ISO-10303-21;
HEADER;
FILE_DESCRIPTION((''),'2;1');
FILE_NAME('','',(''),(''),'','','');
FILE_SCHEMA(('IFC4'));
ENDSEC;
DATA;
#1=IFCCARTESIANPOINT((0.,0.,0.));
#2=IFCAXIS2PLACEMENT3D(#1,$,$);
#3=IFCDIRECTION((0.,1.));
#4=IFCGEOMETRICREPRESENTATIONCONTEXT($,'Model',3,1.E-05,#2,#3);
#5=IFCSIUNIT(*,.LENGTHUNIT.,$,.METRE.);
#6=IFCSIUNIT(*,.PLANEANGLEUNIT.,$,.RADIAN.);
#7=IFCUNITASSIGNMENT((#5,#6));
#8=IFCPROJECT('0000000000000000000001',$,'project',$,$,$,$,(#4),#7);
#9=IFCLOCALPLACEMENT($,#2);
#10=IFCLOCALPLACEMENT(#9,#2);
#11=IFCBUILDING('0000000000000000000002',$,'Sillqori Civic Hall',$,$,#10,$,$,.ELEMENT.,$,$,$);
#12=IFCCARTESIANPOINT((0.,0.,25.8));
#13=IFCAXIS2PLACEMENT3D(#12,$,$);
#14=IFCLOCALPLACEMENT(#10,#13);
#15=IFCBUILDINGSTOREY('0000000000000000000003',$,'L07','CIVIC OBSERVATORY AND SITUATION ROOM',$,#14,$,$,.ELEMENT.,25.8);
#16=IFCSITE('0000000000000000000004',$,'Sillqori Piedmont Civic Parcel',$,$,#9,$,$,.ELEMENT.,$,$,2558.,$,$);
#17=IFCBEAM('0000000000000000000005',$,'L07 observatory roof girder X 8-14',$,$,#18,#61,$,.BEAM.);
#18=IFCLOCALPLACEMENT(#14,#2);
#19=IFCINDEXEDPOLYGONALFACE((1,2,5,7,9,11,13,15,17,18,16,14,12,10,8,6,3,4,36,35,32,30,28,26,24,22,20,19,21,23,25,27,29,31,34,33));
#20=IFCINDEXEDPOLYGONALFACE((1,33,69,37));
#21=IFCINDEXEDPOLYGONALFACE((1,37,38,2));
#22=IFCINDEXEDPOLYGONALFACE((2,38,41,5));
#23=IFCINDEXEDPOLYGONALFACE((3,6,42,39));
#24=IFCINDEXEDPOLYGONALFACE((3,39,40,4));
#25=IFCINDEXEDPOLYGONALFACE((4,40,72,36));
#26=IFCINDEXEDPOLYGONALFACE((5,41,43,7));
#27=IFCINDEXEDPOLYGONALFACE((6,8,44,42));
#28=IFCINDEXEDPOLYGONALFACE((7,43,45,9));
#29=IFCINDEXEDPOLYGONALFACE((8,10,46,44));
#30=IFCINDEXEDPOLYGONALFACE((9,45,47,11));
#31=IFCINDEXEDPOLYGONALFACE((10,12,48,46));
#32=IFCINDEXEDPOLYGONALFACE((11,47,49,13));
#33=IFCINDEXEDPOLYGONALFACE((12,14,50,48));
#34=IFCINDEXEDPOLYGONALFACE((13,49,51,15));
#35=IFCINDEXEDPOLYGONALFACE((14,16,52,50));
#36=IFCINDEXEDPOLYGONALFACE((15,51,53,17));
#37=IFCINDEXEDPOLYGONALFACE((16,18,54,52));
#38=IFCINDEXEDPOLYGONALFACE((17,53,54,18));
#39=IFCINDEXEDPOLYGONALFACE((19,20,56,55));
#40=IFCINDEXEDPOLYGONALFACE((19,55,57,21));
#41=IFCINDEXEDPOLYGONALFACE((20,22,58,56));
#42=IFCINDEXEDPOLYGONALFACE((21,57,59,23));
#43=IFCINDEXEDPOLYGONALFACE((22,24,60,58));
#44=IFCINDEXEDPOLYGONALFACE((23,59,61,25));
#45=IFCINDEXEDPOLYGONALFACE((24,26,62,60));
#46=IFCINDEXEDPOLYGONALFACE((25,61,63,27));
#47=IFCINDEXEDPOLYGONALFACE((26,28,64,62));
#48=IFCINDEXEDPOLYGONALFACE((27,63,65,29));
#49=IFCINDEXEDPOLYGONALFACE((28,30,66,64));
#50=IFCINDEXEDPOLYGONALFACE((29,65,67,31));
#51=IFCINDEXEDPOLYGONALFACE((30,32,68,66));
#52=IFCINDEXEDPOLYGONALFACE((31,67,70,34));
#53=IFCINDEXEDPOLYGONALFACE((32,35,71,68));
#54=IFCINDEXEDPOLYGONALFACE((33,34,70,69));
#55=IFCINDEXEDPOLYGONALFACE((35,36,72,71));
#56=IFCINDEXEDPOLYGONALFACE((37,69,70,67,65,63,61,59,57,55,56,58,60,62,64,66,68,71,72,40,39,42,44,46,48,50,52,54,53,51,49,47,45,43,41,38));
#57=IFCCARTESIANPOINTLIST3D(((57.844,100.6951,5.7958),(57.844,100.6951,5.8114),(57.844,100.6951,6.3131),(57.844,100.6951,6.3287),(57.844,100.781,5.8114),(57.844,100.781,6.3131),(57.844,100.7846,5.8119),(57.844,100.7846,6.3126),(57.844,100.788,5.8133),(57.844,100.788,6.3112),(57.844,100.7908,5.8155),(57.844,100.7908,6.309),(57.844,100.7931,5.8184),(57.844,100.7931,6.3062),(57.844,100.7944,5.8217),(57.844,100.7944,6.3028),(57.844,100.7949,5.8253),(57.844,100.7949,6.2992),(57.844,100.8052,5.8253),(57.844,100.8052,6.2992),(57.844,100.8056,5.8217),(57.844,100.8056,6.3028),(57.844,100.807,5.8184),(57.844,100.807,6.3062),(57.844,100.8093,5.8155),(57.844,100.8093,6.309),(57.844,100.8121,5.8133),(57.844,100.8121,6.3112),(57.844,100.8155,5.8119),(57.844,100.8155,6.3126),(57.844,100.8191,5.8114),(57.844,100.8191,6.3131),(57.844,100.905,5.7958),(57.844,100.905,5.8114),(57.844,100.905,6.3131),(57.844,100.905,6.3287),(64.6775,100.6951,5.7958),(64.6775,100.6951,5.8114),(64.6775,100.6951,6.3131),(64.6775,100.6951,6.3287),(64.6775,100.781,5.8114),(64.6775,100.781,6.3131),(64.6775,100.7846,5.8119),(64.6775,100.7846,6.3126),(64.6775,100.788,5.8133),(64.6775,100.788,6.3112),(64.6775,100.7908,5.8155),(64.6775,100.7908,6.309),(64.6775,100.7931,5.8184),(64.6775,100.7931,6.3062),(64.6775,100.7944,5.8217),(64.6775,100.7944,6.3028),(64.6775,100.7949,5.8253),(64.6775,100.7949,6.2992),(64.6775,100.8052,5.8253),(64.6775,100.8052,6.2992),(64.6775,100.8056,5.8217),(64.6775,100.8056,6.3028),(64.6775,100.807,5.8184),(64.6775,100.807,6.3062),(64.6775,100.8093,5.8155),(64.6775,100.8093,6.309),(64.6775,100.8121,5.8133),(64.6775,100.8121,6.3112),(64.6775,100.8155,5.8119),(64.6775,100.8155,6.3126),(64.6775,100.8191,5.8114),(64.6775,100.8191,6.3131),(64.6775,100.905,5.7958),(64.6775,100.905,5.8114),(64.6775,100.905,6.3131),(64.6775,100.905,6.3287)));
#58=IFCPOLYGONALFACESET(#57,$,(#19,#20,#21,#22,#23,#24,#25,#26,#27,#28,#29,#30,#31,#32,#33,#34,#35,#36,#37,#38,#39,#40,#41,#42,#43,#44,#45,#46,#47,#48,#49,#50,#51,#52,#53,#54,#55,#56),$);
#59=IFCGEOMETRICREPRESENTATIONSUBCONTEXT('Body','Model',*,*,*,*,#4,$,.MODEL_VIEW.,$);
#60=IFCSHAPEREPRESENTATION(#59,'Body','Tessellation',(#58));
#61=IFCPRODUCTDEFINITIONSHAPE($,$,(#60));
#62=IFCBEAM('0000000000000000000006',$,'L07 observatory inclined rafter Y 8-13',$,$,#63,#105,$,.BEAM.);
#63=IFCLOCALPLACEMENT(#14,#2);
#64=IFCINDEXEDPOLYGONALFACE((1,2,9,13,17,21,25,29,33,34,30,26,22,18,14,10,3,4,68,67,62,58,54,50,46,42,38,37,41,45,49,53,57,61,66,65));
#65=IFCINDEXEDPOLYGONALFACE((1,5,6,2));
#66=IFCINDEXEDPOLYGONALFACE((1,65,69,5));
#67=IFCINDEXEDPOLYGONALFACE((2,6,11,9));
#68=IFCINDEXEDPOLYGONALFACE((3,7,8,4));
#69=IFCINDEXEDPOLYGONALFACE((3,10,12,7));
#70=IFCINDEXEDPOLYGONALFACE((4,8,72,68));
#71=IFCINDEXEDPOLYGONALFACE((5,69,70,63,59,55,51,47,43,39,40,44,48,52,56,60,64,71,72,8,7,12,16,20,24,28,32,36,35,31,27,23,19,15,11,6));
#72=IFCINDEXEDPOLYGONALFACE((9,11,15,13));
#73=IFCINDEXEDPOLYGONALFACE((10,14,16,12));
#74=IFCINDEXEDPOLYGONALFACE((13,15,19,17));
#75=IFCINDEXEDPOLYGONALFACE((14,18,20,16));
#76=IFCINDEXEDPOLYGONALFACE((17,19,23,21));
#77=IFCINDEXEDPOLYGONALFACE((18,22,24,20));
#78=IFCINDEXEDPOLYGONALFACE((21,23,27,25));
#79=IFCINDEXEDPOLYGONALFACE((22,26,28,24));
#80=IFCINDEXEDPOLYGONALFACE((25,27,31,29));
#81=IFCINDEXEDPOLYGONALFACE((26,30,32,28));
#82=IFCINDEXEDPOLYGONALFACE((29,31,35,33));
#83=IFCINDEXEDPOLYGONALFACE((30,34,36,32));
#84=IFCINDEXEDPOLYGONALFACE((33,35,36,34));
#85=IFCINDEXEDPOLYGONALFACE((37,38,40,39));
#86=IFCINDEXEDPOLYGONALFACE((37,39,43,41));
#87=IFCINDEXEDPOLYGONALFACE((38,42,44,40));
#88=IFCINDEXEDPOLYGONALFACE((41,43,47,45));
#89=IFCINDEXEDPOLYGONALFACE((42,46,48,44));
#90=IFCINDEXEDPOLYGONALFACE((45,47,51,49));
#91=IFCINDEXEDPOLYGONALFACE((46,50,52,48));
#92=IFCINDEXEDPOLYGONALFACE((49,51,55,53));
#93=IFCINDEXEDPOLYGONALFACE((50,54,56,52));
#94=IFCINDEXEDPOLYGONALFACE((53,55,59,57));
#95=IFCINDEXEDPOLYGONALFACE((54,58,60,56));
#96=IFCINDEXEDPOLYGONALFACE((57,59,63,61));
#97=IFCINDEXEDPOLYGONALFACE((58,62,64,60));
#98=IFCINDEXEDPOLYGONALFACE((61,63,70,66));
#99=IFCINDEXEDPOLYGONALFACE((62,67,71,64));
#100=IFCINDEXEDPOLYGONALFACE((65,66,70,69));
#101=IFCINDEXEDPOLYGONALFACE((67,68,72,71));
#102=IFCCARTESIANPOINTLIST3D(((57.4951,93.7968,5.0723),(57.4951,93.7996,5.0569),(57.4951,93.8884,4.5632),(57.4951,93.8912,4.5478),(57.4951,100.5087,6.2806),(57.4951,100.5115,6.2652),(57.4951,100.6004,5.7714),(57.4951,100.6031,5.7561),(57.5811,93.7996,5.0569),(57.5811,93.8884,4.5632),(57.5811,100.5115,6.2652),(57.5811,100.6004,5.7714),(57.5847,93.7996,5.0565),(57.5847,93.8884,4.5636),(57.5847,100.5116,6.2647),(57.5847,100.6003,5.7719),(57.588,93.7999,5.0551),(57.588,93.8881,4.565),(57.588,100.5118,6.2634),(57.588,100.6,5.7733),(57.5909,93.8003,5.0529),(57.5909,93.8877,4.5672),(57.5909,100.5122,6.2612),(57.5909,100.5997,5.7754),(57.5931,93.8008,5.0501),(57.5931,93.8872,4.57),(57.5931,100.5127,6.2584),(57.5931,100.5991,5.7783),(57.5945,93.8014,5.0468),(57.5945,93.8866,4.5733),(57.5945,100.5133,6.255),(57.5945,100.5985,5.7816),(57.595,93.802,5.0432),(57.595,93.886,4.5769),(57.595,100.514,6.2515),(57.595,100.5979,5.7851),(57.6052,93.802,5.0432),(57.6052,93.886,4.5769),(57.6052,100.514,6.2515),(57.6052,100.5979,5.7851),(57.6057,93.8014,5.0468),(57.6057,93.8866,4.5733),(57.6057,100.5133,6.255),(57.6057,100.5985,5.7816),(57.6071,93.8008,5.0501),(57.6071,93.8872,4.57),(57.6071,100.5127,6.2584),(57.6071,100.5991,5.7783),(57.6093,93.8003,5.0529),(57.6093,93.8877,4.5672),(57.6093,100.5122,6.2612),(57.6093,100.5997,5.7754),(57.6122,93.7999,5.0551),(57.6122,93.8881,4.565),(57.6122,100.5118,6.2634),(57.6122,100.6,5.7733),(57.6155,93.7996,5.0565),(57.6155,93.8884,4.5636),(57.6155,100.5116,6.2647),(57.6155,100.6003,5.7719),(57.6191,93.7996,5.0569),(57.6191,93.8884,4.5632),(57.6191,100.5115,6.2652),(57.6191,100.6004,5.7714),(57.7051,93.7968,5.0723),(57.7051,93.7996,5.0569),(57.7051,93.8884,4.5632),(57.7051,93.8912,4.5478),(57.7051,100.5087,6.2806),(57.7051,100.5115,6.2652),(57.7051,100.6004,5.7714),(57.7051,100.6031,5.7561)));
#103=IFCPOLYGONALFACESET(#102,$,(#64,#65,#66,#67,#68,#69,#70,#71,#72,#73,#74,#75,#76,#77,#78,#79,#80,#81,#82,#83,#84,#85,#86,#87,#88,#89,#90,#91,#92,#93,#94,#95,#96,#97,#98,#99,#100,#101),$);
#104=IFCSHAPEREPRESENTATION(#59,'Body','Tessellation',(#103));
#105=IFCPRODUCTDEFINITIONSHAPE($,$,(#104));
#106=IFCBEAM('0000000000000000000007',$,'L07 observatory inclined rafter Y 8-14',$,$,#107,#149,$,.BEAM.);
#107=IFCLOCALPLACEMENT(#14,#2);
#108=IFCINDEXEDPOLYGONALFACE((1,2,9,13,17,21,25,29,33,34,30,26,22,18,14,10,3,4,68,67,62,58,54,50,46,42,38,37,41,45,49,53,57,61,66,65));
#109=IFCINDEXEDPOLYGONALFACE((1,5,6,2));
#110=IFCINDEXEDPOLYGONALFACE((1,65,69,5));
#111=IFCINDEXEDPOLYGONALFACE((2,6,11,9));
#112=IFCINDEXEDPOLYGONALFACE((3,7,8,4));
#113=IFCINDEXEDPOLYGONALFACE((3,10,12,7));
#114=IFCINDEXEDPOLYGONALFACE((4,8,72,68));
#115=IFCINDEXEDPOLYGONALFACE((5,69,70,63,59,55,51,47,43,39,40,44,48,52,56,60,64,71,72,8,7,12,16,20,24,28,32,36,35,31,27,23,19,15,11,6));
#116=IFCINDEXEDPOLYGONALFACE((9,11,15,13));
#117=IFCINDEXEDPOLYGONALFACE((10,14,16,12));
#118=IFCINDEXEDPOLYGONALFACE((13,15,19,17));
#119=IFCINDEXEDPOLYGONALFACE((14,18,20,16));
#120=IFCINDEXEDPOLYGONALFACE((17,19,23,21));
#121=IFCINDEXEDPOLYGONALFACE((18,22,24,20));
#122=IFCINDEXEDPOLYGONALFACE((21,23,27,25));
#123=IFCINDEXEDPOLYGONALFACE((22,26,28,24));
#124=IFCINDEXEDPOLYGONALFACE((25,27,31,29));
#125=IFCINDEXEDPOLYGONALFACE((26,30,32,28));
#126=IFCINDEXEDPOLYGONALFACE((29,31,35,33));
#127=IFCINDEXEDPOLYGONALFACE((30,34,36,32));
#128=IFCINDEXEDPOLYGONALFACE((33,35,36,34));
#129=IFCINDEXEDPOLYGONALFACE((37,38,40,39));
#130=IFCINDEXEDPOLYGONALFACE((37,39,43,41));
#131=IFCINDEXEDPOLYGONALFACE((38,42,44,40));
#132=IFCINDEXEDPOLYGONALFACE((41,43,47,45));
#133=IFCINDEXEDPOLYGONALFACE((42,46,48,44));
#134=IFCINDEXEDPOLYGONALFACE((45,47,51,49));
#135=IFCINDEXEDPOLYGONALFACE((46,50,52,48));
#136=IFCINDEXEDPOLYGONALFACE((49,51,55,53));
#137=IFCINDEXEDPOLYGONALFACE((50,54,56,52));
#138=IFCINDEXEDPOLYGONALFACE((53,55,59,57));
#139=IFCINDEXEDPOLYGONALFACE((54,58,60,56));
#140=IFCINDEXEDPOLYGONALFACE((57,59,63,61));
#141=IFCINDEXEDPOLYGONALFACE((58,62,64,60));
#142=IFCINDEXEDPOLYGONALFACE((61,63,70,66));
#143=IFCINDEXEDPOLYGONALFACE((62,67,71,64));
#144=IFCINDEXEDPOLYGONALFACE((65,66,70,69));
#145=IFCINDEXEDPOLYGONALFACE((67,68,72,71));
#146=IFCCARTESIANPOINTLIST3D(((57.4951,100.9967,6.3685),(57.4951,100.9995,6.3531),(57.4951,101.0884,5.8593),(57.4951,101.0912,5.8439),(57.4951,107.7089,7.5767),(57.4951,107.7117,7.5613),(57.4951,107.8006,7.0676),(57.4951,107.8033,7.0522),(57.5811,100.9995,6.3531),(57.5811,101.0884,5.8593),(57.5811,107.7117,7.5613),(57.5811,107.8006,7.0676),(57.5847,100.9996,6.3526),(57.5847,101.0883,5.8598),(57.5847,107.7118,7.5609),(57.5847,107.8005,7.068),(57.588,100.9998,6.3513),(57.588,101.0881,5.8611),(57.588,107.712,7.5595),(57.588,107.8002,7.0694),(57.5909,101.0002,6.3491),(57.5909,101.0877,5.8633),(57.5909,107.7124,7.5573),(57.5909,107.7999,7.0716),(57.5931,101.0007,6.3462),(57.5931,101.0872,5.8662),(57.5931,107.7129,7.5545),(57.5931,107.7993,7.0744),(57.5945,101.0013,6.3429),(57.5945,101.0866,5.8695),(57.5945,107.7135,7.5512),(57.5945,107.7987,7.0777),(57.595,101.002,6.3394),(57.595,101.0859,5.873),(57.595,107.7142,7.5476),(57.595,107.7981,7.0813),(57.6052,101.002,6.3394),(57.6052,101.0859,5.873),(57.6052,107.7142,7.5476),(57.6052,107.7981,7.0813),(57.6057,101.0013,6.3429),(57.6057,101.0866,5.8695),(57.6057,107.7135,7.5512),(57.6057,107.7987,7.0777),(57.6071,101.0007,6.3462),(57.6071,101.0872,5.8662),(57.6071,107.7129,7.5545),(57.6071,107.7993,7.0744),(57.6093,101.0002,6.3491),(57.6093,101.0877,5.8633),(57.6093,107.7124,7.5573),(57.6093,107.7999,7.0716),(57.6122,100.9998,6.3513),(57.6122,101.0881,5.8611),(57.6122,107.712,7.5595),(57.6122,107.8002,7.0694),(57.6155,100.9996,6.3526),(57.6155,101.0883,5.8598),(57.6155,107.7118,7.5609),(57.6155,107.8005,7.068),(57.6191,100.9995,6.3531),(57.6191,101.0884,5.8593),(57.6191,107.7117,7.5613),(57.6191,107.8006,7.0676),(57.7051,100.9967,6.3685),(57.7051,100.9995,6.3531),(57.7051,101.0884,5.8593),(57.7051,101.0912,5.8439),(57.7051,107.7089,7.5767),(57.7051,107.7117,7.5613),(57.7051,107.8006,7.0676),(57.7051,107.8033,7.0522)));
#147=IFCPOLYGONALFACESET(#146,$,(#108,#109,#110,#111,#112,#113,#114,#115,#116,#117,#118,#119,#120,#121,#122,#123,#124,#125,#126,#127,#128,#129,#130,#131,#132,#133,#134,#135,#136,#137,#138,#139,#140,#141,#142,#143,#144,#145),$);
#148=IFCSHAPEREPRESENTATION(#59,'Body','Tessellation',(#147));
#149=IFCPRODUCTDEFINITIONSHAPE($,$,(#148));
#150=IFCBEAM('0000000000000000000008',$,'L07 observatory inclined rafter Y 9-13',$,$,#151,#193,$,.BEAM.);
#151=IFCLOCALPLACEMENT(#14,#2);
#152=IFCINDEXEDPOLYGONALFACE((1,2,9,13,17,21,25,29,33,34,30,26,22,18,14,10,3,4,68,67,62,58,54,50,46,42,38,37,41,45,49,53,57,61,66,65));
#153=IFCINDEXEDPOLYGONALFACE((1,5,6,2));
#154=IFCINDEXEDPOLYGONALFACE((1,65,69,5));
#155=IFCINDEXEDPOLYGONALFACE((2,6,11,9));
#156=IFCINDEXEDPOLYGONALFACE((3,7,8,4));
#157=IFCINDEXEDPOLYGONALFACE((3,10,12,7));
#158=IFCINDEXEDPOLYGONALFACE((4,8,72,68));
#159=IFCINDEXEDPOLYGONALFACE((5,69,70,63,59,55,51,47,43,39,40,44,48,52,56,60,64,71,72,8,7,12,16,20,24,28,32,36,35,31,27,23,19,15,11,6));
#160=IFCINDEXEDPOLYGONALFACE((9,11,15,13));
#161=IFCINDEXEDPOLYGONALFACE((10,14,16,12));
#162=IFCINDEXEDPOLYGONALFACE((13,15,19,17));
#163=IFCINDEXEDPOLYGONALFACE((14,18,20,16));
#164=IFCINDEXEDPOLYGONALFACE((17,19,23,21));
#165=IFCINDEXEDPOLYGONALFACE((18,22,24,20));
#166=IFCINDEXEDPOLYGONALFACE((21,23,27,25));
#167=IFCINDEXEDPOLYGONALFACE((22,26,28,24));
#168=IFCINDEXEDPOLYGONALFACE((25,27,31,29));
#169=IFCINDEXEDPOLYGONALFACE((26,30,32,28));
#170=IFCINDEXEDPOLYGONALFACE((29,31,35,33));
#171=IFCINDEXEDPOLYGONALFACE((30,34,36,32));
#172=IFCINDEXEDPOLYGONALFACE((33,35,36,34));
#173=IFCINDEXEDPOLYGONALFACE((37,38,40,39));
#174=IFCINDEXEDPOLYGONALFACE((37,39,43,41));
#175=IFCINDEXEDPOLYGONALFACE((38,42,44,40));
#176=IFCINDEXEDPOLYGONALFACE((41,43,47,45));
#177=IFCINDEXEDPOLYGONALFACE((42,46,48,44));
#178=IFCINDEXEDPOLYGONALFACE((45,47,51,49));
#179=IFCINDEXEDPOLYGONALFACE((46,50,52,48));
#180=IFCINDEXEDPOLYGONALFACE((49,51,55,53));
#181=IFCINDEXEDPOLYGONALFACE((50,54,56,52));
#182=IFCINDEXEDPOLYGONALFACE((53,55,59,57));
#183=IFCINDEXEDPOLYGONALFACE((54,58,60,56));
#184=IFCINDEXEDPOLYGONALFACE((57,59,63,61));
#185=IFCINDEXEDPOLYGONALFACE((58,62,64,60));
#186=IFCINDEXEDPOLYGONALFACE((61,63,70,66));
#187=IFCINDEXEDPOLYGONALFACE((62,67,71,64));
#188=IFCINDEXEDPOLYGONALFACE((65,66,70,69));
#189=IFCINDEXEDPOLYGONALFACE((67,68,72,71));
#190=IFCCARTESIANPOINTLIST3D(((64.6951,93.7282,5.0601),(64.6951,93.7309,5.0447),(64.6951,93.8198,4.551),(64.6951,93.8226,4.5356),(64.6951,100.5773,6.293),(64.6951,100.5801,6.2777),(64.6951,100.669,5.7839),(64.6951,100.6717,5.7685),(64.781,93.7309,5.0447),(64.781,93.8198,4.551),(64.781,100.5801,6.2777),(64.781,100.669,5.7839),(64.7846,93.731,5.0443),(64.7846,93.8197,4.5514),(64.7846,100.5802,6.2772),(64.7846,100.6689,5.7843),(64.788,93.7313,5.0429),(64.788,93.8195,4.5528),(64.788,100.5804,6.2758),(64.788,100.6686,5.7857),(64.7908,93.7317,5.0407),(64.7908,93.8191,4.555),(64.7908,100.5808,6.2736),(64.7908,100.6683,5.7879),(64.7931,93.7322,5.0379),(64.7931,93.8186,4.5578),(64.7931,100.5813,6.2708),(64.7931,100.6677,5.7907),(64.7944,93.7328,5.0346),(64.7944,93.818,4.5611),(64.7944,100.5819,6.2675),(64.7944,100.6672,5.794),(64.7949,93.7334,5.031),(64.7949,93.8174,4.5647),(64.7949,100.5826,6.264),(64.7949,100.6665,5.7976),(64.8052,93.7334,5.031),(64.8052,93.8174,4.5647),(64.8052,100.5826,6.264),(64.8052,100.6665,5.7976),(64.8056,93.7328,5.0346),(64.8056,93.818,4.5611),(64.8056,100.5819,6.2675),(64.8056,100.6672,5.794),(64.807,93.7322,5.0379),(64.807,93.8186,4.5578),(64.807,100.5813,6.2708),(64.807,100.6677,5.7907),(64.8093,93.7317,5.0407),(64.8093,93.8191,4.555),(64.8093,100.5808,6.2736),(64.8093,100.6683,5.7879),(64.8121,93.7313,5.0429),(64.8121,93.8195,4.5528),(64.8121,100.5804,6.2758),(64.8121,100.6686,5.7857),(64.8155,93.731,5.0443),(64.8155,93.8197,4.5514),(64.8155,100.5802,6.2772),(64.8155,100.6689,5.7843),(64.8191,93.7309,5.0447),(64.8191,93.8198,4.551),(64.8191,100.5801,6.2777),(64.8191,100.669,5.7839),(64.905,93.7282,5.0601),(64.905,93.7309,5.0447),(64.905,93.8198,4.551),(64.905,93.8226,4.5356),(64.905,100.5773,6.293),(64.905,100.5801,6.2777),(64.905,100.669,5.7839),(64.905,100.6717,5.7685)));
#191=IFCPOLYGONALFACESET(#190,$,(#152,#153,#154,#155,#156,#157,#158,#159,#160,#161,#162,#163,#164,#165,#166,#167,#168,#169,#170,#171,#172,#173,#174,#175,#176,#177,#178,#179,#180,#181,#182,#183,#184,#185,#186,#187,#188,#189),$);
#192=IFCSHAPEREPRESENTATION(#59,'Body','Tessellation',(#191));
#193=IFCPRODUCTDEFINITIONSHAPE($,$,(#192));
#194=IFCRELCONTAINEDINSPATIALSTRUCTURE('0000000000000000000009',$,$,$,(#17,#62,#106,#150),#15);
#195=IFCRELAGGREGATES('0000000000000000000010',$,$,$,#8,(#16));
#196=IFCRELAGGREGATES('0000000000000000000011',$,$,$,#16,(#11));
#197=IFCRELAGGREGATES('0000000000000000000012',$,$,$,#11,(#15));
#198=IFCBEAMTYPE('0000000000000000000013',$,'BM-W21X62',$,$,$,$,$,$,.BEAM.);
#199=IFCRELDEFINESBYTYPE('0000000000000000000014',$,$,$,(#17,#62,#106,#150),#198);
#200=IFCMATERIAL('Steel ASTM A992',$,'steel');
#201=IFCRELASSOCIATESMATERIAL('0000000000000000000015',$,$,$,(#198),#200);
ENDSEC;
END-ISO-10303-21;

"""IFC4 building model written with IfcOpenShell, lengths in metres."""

from ifc_helpers import new_model, si_unit, direction, frame, origin, origin_2d, place, context, subcontext, project, spatial, i_section, extrude, material, material_profile, profile_set, type_object, element, save


model = new_model("IFC4")

# Units and contexts
model_context = context("Model", 3, precision=1e-05, world=origin(), true_north=direction((0.0, 1.0)))
body_context = subcontext(model_context, "Body", "Model", "MODEL_VIEW")
ifc_project = project(units=[si_unit("LENGTHUNIT", "METRE"), si_unit("PLANEANGLEUNIT", "RADIAN")], contexts=[model_context])

# Site, building, storey
site_placement = place(None, origin())
site = spatial("IfcSite", under=ifc_project, at=site_placement, Name="Sillqori Piedmont Civic Parcel", CompositionType="ELEMENT", RefElevation=2558.0)
building_placement = place(site_placement, origin())
building = spatial("IfcBuilding", under=site, at=building_placement, Name="Sillqori Civic Hall", CompositionType="ELEMENT")
storey_placement = place(building_placement, frame((0.0, 0.0, 25.8)))
storey = spatial("IfcBuildingStorey", under=building, at=storey_placement, Name="L07", Description="CIVIC OBSERVATORY AND SITUATION ROOM", CompositionType="ELEMENT", Elevation=25.8)

# Shared definitions
ifc_material_1 = material(Name="Steel ASTM A992", Category="steel")

# Beams
ifc_material_profile_1 = material_profile(ifc_material_1, i_section(OverallWidth=0.21, OverallDepth=0.533, WebThickness=0.0103, FlangeThickness=0.0156, FilletRadius=0.0139, at=origin_2d()), Name="W21X62")
ifc_profile_set_1 = profile_set([ifc_material_profile_1], Name="Steel ASTM A992")
beam_type = type_object("IfcBeamType", Name="BM-W21X62", PredefinedType="BEAM", material=ifc_profile_set_1)
for number, where, z_axis, x_axis, name in (
    (1, (57.844, 100.8, 6.0623), (1.0, 0.0, 0.0), (0.0, 1.0, 0.0), "L07 observatory roof girder X 8-14"),
):
    element("IfcBeam", number, at=place(storey_placement, frame(where, z_axis=z_axis, x_axis=x_axis)), inside=storey, type_object=beam_type, Name=name, PredefinedType="BEAM", context=body_context, shape_type="SweptSolid", body=[
        extrude(i_section(OverallWidth=0.21, OverallDepth=0.533, WebThickness=0.0103, FlangeThickness=0.0156, FilletRadius=0.0139, at=origin_2d()), origin(), (0.0, 0.0, 1.0), 6.8335),
    ])
beam_1_placement = place(storey_placement, frame((57.6001, 93.844, 4.8101), z_axis=(0.0, 0.984181, 0.177168), x_axis=(-1.0, 0.0, 0.0)))
element("IfcBeam", 2, at=beam_1_placement, inside=storey, type_object=beam_type, Name="L07 observatory inclined rafter Y 8-13", PredefinedType="BEAM", context=body_context, shape_type="SweptSolid", body=[
    extrude(i_section(OverallWidth=0.21, OverallDepth=0.533, WebThickness=0.0103, FlangeThickness=0.0156, FilletRadius=0.0139, at=origin_2d()), origin(), (0.0, 0.0, 1.0), 6.8198),
])
beam_2_placement = place(storey_placement, frame((57.6001, 101.0439, 6.1062), z_axis=(0.0, 0.984182, 0.177162), x_axis=(-1.0, 0.0, 0.0)))
element("IfcBeam", 3, at=beam_2_placement, inside=storey, type_object=beam_type, Name="L07 observatory inclined rafter Y 8-14", PredefinedType="BEAM", context=body_context, shape_type="SweptSolid", body=[
    extrude(i_section(OverallWidth=0.21, OverallDepth=0.533, WebThickness=0.0103, FlangeThickness=0.0156, FilletRadius=0.0139, at=origin_2d()), origin(), (0.0, 0.0, 1.0), 6.8201),
])
beam_3_placement = place(storey_placement, frame((64.8, 93.7754, 4.7979), z_axis=(0.0, 0.984182, 0.177163), x_axis=(-1.0, 0.0, 0.0)))
element("IfcBeam", 4, at=beam_3_placement, inside=storey, type_object=beam_type, Name="L07 observatory inclined rafter Y 9-13", PredefinedType="BEAM", context=body_context, shape_type="SweptSolid", body=[
    extrude(i_section(OverallWidth=0.21, OverallDepth=0.533, WebThickness=0.0103, FlangeThickness=0.0156, FilletRadius=0.0139, at=origin_2d()), origin(), (0.0, 0.0, 1.0), 6.9592),
])

save(model, "model.ifc")
